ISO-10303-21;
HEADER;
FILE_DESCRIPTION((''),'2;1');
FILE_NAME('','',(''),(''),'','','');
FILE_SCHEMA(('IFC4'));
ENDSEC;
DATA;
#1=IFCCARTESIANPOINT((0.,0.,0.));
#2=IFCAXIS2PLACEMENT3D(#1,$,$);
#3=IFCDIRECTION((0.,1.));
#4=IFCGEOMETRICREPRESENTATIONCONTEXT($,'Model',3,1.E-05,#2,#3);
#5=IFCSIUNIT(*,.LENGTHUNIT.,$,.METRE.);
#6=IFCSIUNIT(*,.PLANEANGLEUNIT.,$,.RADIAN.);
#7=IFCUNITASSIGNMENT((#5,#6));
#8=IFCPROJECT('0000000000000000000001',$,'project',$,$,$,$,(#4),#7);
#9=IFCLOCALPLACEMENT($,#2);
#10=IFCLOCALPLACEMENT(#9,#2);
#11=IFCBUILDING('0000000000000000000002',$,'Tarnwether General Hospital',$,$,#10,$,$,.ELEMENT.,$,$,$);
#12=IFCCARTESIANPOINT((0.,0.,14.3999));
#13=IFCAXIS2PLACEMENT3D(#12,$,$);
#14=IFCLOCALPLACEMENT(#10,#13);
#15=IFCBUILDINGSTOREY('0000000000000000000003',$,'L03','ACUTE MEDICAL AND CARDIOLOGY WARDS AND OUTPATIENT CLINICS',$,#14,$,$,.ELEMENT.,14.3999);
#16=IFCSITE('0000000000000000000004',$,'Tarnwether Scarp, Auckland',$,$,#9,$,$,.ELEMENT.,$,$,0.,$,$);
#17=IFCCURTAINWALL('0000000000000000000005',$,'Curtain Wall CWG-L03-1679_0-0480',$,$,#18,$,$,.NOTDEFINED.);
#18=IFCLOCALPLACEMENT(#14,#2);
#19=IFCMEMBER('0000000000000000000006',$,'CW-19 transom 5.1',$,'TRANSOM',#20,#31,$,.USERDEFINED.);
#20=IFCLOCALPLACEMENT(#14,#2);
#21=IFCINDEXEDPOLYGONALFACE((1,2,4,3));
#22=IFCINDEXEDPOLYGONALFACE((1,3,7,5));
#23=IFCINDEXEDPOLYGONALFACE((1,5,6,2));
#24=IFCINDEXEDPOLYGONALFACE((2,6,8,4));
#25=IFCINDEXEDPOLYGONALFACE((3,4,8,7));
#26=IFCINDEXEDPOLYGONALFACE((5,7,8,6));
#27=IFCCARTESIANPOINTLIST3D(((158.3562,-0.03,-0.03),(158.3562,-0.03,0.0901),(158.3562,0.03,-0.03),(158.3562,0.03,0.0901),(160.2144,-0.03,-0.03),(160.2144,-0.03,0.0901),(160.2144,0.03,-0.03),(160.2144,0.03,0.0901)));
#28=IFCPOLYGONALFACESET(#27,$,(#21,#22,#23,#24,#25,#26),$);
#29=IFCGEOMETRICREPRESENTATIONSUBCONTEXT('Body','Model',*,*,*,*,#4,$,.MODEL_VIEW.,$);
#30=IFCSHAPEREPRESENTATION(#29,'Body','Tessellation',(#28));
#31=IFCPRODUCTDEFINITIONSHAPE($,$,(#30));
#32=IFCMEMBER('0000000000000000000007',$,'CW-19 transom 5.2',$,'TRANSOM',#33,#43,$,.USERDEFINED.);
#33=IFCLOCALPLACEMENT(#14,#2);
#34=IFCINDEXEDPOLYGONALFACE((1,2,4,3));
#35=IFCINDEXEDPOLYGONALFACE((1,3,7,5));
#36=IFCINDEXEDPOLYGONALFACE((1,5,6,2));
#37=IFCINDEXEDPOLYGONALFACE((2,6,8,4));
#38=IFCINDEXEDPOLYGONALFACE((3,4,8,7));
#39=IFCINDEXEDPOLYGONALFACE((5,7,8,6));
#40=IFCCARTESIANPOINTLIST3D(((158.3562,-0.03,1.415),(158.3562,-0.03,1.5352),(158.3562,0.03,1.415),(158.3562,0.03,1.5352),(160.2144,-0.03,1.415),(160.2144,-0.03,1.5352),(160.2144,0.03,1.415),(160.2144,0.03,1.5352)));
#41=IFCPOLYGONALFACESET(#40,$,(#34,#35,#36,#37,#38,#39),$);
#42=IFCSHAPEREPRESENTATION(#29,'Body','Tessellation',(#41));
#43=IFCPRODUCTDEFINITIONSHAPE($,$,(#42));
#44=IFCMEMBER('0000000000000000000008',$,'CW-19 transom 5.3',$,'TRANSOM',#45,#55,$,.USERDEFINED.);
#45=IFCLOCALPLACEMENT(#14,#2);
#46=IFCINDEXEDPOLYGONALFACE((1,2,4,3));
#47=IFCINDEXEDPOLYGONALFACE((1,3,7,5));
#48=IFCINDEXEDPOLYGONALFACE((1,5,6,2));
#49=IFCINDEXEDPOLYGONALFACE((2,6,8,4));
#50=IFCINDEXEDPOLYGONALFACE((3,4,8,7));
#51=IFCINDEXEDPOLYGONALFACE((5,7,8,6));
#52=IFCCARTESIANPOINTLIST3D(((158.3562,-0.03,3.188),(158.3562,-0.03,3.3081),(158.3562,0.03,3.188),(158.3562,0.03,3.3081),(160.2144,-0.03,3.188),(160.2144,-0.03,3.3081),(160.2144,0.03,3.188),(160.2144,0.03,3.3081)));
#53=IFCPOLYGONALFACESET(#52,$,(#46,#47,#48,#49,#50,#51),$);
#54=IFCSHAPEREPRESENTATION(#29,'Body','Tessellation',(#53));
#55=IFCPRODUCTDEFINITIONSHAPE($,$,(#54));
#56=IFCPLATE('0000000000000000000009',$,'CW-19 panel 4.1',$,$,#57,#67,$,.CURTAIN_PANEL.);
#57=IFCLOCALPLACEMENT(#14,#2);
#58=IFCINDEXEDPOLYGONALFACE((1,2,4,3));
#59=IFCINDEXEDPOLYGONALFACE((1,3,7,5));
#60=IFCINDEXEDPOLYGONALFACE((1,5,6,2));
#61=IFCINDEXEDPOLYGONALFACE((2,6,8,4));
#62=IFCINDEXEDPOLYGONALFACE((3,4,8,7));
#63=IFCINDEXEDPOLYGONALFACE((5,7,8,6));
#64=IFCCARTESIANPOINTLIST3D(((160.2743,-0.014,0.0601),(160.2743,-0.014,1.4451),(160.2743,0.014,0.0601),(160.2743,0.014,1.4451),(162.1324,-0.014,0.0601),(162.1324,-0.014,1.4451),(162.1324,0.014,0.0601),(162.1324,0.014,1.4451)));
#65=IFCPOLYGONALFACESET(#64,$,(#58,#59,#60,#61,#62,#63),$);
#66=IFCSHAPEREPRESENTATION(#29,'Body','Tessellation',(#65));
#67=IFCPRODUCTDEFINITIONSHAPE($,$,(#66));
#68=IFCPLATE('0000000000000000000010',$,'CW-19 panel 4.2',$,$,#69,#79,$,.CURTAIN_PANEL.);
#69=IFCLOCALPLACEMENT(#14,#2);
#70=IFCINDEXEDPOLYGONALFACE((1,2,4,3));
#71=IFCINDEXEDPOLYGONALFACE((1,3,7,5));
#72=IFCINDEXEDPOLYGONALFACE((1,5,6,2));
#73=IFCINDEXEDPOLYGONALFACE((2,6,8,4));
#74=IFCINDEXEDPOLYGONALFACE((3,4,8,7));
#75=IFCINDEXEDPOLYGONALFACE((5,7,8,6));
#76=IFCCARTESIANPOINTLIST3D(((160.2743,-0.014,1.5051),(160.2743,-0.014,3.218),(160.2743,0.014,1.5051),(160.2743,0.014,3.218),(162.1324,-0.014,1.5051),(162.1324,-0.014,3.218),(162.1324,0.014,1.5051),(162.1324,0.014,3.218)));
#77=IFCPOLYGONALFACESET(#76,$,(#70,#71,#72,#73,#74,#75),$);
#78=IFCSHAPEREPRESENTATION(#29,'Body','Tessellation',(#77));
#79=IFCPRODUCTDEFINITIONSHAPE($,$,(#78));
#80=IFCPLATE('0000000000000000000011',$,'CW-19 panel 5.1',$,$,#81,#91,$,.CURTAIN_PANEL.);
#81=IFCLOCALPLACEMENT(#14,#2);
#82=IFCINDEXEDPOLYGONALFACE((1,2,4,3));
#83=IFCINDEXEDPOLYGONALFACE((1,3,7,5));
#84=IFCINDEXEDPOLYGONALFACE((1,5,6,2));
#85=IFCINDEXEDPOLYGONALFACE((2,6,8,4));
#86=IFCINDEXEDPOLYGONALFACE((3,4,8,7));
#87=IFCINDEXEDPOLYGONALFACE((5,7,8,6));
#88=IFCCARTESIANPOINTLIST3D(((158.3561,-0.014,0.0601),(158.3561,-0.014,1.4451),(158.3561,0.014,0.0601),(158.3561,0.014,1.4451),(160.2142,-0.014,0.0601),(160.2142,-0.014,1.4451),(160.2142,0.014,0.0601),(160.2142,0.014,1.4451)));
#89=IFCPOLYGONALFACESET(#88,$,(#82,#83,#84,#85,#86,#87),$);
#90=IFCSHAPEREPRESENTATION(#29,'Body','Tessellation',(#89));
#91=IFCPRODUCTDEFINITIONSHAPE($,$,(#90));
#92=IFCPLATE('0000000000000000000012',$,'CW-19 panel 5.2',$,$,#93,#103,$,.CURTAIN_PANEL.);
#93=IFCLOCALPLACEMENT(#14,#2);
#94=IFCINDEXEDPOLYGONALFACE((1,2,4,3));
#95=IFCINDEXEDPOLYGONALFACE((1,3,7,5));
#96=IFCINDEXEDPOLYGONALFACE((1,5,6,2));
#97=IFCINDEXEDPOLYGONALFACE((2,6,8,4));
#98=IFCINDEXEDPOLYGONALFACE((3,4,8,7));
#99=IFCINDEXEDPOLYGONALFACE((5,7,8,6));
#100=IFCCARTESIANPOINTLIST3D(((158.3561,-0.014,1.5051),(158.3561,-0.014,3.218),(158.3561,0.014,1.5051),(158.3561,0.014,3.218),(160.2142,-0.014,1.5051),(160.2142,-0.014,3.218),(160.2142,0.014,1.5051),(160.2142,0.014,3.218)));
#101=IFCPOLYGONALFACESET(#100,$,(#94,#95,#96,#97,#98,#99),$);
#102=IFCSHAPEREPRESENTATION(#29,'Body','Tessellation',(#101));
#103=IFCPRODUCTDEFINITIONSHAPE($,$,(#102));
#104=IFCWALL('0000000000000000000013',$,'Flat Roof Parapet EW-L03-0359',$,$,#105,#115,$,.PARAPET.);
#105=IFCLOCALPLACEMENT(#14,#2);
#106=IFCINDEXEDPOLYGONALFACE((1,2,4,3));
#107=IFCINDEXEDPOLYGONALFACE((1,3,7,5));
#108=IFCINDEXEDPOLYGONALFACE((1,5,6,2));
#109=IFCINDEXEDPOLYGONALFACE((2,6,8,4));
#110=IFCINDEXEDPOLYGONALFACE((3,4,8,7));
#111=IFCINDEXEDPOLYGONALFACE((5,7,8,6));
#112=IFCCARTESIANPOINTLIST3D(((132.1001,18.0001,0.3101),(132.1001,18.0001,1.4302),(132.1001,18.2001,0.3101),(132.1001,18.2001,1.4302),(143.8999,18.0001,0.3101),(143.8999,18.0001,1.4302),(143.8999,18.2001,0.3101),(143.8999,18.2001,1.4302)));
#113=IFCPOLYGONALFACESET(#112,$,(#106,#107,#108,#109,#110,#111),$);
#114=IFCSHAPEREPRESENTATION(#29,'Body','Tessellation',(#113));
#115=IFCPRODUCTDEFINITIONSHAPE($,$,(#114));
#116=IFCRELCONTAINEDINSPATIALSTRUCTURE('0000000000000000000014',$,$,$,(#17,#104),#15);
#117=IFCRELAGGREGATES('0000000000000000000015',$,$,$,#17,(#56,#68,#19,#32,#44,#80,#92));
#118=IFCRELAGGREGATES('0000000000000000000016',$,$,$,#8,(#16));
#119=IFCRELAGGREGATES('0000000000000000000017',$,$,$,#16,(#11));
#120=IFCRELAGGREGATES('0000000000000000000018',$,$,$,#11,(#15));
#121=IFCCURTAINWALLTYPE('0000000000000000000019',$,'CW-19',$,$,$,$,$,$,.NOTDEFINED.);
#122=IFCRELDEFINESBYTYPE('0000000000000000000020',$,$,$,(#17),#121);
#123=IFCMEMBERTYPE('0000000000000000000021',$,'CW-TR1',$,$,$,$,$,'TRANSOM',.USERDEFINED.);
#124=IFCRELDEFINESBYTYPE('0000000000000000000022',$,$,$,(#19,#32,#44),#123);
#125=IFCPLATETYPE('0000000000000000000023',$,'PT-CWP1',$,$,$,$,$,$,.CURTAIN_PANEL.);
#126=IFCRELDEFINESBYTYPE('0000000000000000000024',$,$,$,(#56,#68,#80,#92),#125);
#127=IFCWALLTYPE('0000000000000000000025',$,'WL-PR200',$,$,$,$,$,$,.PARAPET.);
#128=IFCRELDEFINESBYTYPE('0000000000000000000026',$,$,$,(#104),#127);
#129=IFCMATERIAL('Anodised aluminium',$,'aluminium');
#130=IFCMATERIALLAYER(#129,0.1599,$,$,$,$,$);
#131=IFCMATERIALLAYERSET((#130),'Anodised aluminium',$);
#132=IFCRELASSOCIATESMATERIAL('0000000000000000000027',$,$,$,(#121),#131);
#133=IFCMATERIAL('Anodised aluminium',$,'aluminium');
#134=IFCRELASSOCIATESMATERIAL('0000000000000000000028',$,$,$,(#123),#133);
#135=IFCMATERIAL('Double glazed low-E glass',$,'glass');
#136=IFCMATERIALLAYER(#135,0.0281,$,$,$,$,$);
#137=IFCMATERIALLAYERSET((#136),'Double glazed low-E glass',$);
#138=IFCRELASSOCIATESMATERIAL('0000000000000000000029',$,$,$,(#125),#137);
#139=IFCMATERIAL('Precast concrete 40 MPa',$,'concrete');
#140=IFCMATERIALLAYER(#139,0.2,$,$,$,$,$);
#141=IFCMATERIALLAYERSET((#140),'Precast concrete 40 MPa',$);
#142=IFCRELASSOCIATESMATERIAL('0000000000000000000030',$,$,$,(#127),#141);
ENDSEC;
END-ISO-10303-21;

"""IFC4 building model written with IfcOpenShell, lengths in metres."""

from ifc_helpers import new_model, si_unit, direction, frame, frame_2d, origin, origin_2d, place, context, subcontext, project, spatial, rectangle, extrude, material, layer, layer_set, material_profile, profile_set, type_object, element, aggregate, save


model = new_model("IFC4")

# Units and contexts
model_context = context("Model", 3, precision=1e-05, world=origin(), true_north=direction((0.0, 1.0)))
body_context = subcontext(model_context, "Body", "Model", "MODEL_VIEW")
ifc_project = project(units=[si_unit("LENGTHUNIT", "METRE"), si_unit("PLANEANGLEUNIT", "RADIAN")], contexts=[model_context])

# Site, building, storey
site_placement = place(None, origin())
site = spatial("IfcSite", under=ifc_project, at=site_placement, Name="Tarnwether Scarp, Auckland", CompositionType="ELEMENT", RefElevation=0.0)
building_placement = place(site_placement, origin())
building = spatial("IfcBuilding", under=site, at=building_placement, Name="Tarnwether General Hospital", CompositionType="ELEMENT")
storey_placement = place(building_placement, frame((0.0, 0.0, 14.3999)))
storey = spatial("IfcBuildingStorey", under=building, at=storey_placement, Name="L03", Description="ACUTE MEDICAL AND CARDIOLOGY WARDS AND OUTPATIENT CLINICS", CompositionType="ELEMENT", Elevation=14.3999)

# Curtain wall, members, plates
ifc_material_1 = material(Name="Anodised aluminium", Category="aluminium")
ifc_layer_1 = layer(ifc_material_1, 0.1599)
ifc_layer_set_1 = layer_set([ifc_layer_1], Name="Anodised aluminium")
curtain_wall_type = type_object("IfcCurtainWallType", Name="CW-19", PredefinedType="NOTDEFINED", material=ifc_layer_set_1)
curtain_wall_placement = place(storey_placement, origin())
curtain_wall = element("IfcCurtainWall", 1, at=curtain_wall_placement, inside=storey, type_object=curtain_wall_type, Name="Curtain Wall CWG-L03-1679_0-0480", PredefinedType="NOTDEFINED")
ifc_material_2 = material(Name="Anodised aluminium", Category="aluminium")
ifc_material_profile_1 = material_profile(ifc_material_2, rectangle(XDim=0.0601, YDim=0.1201, at=origin_2d()), Name="ALU-TRN-60x120")
ifc_profile_set_1 = profile_set([ifc_material_profile_1], Name="Anodised aluminium")
member_type_1 = type_object("IfcMemberType", Name="CW-TR1", ElementType="TRANSOM", PredefinedType="USERDEFINED", material=ifc_profile_set_1)
member_1_placement = place(storey_placement, frame((160.2144, 0.0, 0.03), z_axis=(-1.0, 0.0, 0.0), x_axis=(0.0, -1.0, 0.0)))
member_1 = element("IfcMember", 2, at=member_1_placement, type_object=member_type_1, Name="CW-19 transom 5.1", ObjectType="TRANSOM", PredefinedType="USERDEFINED", context=body_context, shape_type="SweptSolid", body=[
    extrude(rectangle(XDim=0.0601, YDim=0.1201, at=origin_2d()), origin(), (0.0, 0.0, 1.0), 1.8582),
])
member_2_placement = place(storey_placement, frame((160.2144, 0.0, 1.4751), z_axis=(-1.0, 0.0, 0.0), x_axis=(0.0, -1.0, 0.0)))
member_2 = element("IfcMember", 3, at=member_2_placement, type_object=member_type_1, Name="CW-19 transom 5.2", ObjectType="TRANSOM", PredefinedType="USERDEFINED", context=body_context, shape_type="SweptSolid", body=[
    extrude(rectangle(XDim=0.0601, YDim=0.1201, at=origin_2d()), origin(), (0.0, 0.0, 1.0), 1.8582),
])
member_3_placement = place(storey_placement, frame((160.2144, 0.0, 3.248), z_axis=(-1.0, 0.0, 0.0), x_axis=(0.0, -1.0, 0.0)))
member_3 = element("IfcMember", 4, at=member_3_placement, type_object=member_type_1, Name="CW-19 transom 5.3", ObjectType="TRANSOM", PredefinedType="USERDEFINED", context=body_context, shape_type="SweptSolid", body=[
    extrude(rectangle(XDim=0.0601, YDim=0.1201, at=origin_2d()), origin(), (0.0, 0.0, 1.0), 1.8582),
])
ifc_material_3 = material(Name="Double glazed low-E glass", Category="glass")
ifc_layer_2 = layer(ifc_material_3, 0.0281)
ifc_layer_set_2 = layer_set([ifc_layer_2], Name="Double glazed low-E glass")
plate_type = type_object("IfcPlateType", Name="PT-CWP1", PredefinedType="CURTAIN_PANEL", material=ifc_layer_set_2)
plate_1_placement = place(storey_placement, frame((161.2034, 0.0, 0.0601), z_axis=(0.0, 0.0, 1.0), x_axis=(-1.0, 0.0, 0.0)))
plate_1 = element("IfcPlate", 5, at=plate_1_placement, type_object=plate_type, Name="CW-19 panel 4.1", PredefinedType="CURTAIN_PANEL", context=body_context, shape_type="SweptSolid", body=[
    extrude(rectangle(XDim=1.8582, YDim=0.0281, at=origin_2d()), origin(), (0.0, 0.0, 1.0), 1.385),
])
plate_2_placement = place(storey_placement, frame((161.2034, 0.0, 1.5051), z_axis=(0.0, 0.0, 1.0), x_axis=(-1.0, 0.0, 0.0)))
plate_2 = element("IfcPlate", 6, at=plate_2_placement, type_object=plate_type, Name="CW-19 panel 4.2", PredefinedType="CURTAIN_PANEL", context=body_context, shape_type="SweptSolid", body=[
    extrude(rectangle(XDim=1.8582, YDim=0.0281, at=origin_2d()), origin(), (0.0, 0.0, 1.0), 1.7129),
])
plate_3_placement = place(storey_placement, frame((159.2852, 0.0, 0.0601), z_axis=(0.0, 0.0, 1.0), x_axis=(-1.0, 0.0, 0.0)))
plate_3 = element("IfcPlate", 7, at=plate_3_placement, type_object=plate_type, Name="CW-19 panel 5.1", PredefinedType="CURTAIN_PANEL", context=body_context, shape_type="SweptSolid", body=[
    extrude(rectangle(XDim=1.8582, YDim=0.0281, at=origin_2d()), origin(), (0.0, 0.0, 1.0), 1.385),
])
plate_4_placement = place(storey_placement, frame((159.2852, 0.0, 1.5051), z_axis=(0.0, 0.0, 1.0), x_axis=(-1.0, 0.0, 0.0)))
plate_4 = element("IfcPlate", 8, at=plate_4_placement, type_object=plate_type, Name="CW-19 panel 5.2", PredefinedType="CURTAIN_PANEL", context=body_context, shape_type="SweptSolid", body=[
    extrude(rectangle(XDim=1.8582, YDim=0.0281, at=origin_2d()), origin(), (0.0, 0.0, 1.0), 1.7129),
])
aggregate(curtain_wall, [plate_1, plate_2, member_1, member_2, member_3, plate_3, plate_4])

# Wall
ifc_material_4 = material(Name="Precast concrete 40 MPa", Category="concrete")
ifc_layer_3 = layer(ifc_material_4, 0.2)
ifc_layer_set_3 = layer_set([ifc_layer_3], Name="Precast concrete 40 MPa")
wall_type = type_object("IfcWallType", Name="WL-PR200", PredefinedType="PARAPET", material=ifc_layer_set_3)
wall_placement = place(storey_placement, frame((143.8999, 18.1001, 0.3101), z_axis=(0.0, 0.0, 1.0), x_axis=(-1.0, 0.0, 0.0)))
element("IfcWall", 9, at=wall_placement, inside=storey, type_object=wall_type, Name="Flat Roof Parapet EW-L03-0359", PredefinedType="PARAPET", context=body_context, shape_type="SweptSolid", body=[
    extrude(rectangle(XDim=11.7998, YDim=0.2, at=frame_2d((5.8999, 0.0))), origin(), (0.0, 0.0, 1.0), 1.1201),
])

save(model, "model.ifc")
